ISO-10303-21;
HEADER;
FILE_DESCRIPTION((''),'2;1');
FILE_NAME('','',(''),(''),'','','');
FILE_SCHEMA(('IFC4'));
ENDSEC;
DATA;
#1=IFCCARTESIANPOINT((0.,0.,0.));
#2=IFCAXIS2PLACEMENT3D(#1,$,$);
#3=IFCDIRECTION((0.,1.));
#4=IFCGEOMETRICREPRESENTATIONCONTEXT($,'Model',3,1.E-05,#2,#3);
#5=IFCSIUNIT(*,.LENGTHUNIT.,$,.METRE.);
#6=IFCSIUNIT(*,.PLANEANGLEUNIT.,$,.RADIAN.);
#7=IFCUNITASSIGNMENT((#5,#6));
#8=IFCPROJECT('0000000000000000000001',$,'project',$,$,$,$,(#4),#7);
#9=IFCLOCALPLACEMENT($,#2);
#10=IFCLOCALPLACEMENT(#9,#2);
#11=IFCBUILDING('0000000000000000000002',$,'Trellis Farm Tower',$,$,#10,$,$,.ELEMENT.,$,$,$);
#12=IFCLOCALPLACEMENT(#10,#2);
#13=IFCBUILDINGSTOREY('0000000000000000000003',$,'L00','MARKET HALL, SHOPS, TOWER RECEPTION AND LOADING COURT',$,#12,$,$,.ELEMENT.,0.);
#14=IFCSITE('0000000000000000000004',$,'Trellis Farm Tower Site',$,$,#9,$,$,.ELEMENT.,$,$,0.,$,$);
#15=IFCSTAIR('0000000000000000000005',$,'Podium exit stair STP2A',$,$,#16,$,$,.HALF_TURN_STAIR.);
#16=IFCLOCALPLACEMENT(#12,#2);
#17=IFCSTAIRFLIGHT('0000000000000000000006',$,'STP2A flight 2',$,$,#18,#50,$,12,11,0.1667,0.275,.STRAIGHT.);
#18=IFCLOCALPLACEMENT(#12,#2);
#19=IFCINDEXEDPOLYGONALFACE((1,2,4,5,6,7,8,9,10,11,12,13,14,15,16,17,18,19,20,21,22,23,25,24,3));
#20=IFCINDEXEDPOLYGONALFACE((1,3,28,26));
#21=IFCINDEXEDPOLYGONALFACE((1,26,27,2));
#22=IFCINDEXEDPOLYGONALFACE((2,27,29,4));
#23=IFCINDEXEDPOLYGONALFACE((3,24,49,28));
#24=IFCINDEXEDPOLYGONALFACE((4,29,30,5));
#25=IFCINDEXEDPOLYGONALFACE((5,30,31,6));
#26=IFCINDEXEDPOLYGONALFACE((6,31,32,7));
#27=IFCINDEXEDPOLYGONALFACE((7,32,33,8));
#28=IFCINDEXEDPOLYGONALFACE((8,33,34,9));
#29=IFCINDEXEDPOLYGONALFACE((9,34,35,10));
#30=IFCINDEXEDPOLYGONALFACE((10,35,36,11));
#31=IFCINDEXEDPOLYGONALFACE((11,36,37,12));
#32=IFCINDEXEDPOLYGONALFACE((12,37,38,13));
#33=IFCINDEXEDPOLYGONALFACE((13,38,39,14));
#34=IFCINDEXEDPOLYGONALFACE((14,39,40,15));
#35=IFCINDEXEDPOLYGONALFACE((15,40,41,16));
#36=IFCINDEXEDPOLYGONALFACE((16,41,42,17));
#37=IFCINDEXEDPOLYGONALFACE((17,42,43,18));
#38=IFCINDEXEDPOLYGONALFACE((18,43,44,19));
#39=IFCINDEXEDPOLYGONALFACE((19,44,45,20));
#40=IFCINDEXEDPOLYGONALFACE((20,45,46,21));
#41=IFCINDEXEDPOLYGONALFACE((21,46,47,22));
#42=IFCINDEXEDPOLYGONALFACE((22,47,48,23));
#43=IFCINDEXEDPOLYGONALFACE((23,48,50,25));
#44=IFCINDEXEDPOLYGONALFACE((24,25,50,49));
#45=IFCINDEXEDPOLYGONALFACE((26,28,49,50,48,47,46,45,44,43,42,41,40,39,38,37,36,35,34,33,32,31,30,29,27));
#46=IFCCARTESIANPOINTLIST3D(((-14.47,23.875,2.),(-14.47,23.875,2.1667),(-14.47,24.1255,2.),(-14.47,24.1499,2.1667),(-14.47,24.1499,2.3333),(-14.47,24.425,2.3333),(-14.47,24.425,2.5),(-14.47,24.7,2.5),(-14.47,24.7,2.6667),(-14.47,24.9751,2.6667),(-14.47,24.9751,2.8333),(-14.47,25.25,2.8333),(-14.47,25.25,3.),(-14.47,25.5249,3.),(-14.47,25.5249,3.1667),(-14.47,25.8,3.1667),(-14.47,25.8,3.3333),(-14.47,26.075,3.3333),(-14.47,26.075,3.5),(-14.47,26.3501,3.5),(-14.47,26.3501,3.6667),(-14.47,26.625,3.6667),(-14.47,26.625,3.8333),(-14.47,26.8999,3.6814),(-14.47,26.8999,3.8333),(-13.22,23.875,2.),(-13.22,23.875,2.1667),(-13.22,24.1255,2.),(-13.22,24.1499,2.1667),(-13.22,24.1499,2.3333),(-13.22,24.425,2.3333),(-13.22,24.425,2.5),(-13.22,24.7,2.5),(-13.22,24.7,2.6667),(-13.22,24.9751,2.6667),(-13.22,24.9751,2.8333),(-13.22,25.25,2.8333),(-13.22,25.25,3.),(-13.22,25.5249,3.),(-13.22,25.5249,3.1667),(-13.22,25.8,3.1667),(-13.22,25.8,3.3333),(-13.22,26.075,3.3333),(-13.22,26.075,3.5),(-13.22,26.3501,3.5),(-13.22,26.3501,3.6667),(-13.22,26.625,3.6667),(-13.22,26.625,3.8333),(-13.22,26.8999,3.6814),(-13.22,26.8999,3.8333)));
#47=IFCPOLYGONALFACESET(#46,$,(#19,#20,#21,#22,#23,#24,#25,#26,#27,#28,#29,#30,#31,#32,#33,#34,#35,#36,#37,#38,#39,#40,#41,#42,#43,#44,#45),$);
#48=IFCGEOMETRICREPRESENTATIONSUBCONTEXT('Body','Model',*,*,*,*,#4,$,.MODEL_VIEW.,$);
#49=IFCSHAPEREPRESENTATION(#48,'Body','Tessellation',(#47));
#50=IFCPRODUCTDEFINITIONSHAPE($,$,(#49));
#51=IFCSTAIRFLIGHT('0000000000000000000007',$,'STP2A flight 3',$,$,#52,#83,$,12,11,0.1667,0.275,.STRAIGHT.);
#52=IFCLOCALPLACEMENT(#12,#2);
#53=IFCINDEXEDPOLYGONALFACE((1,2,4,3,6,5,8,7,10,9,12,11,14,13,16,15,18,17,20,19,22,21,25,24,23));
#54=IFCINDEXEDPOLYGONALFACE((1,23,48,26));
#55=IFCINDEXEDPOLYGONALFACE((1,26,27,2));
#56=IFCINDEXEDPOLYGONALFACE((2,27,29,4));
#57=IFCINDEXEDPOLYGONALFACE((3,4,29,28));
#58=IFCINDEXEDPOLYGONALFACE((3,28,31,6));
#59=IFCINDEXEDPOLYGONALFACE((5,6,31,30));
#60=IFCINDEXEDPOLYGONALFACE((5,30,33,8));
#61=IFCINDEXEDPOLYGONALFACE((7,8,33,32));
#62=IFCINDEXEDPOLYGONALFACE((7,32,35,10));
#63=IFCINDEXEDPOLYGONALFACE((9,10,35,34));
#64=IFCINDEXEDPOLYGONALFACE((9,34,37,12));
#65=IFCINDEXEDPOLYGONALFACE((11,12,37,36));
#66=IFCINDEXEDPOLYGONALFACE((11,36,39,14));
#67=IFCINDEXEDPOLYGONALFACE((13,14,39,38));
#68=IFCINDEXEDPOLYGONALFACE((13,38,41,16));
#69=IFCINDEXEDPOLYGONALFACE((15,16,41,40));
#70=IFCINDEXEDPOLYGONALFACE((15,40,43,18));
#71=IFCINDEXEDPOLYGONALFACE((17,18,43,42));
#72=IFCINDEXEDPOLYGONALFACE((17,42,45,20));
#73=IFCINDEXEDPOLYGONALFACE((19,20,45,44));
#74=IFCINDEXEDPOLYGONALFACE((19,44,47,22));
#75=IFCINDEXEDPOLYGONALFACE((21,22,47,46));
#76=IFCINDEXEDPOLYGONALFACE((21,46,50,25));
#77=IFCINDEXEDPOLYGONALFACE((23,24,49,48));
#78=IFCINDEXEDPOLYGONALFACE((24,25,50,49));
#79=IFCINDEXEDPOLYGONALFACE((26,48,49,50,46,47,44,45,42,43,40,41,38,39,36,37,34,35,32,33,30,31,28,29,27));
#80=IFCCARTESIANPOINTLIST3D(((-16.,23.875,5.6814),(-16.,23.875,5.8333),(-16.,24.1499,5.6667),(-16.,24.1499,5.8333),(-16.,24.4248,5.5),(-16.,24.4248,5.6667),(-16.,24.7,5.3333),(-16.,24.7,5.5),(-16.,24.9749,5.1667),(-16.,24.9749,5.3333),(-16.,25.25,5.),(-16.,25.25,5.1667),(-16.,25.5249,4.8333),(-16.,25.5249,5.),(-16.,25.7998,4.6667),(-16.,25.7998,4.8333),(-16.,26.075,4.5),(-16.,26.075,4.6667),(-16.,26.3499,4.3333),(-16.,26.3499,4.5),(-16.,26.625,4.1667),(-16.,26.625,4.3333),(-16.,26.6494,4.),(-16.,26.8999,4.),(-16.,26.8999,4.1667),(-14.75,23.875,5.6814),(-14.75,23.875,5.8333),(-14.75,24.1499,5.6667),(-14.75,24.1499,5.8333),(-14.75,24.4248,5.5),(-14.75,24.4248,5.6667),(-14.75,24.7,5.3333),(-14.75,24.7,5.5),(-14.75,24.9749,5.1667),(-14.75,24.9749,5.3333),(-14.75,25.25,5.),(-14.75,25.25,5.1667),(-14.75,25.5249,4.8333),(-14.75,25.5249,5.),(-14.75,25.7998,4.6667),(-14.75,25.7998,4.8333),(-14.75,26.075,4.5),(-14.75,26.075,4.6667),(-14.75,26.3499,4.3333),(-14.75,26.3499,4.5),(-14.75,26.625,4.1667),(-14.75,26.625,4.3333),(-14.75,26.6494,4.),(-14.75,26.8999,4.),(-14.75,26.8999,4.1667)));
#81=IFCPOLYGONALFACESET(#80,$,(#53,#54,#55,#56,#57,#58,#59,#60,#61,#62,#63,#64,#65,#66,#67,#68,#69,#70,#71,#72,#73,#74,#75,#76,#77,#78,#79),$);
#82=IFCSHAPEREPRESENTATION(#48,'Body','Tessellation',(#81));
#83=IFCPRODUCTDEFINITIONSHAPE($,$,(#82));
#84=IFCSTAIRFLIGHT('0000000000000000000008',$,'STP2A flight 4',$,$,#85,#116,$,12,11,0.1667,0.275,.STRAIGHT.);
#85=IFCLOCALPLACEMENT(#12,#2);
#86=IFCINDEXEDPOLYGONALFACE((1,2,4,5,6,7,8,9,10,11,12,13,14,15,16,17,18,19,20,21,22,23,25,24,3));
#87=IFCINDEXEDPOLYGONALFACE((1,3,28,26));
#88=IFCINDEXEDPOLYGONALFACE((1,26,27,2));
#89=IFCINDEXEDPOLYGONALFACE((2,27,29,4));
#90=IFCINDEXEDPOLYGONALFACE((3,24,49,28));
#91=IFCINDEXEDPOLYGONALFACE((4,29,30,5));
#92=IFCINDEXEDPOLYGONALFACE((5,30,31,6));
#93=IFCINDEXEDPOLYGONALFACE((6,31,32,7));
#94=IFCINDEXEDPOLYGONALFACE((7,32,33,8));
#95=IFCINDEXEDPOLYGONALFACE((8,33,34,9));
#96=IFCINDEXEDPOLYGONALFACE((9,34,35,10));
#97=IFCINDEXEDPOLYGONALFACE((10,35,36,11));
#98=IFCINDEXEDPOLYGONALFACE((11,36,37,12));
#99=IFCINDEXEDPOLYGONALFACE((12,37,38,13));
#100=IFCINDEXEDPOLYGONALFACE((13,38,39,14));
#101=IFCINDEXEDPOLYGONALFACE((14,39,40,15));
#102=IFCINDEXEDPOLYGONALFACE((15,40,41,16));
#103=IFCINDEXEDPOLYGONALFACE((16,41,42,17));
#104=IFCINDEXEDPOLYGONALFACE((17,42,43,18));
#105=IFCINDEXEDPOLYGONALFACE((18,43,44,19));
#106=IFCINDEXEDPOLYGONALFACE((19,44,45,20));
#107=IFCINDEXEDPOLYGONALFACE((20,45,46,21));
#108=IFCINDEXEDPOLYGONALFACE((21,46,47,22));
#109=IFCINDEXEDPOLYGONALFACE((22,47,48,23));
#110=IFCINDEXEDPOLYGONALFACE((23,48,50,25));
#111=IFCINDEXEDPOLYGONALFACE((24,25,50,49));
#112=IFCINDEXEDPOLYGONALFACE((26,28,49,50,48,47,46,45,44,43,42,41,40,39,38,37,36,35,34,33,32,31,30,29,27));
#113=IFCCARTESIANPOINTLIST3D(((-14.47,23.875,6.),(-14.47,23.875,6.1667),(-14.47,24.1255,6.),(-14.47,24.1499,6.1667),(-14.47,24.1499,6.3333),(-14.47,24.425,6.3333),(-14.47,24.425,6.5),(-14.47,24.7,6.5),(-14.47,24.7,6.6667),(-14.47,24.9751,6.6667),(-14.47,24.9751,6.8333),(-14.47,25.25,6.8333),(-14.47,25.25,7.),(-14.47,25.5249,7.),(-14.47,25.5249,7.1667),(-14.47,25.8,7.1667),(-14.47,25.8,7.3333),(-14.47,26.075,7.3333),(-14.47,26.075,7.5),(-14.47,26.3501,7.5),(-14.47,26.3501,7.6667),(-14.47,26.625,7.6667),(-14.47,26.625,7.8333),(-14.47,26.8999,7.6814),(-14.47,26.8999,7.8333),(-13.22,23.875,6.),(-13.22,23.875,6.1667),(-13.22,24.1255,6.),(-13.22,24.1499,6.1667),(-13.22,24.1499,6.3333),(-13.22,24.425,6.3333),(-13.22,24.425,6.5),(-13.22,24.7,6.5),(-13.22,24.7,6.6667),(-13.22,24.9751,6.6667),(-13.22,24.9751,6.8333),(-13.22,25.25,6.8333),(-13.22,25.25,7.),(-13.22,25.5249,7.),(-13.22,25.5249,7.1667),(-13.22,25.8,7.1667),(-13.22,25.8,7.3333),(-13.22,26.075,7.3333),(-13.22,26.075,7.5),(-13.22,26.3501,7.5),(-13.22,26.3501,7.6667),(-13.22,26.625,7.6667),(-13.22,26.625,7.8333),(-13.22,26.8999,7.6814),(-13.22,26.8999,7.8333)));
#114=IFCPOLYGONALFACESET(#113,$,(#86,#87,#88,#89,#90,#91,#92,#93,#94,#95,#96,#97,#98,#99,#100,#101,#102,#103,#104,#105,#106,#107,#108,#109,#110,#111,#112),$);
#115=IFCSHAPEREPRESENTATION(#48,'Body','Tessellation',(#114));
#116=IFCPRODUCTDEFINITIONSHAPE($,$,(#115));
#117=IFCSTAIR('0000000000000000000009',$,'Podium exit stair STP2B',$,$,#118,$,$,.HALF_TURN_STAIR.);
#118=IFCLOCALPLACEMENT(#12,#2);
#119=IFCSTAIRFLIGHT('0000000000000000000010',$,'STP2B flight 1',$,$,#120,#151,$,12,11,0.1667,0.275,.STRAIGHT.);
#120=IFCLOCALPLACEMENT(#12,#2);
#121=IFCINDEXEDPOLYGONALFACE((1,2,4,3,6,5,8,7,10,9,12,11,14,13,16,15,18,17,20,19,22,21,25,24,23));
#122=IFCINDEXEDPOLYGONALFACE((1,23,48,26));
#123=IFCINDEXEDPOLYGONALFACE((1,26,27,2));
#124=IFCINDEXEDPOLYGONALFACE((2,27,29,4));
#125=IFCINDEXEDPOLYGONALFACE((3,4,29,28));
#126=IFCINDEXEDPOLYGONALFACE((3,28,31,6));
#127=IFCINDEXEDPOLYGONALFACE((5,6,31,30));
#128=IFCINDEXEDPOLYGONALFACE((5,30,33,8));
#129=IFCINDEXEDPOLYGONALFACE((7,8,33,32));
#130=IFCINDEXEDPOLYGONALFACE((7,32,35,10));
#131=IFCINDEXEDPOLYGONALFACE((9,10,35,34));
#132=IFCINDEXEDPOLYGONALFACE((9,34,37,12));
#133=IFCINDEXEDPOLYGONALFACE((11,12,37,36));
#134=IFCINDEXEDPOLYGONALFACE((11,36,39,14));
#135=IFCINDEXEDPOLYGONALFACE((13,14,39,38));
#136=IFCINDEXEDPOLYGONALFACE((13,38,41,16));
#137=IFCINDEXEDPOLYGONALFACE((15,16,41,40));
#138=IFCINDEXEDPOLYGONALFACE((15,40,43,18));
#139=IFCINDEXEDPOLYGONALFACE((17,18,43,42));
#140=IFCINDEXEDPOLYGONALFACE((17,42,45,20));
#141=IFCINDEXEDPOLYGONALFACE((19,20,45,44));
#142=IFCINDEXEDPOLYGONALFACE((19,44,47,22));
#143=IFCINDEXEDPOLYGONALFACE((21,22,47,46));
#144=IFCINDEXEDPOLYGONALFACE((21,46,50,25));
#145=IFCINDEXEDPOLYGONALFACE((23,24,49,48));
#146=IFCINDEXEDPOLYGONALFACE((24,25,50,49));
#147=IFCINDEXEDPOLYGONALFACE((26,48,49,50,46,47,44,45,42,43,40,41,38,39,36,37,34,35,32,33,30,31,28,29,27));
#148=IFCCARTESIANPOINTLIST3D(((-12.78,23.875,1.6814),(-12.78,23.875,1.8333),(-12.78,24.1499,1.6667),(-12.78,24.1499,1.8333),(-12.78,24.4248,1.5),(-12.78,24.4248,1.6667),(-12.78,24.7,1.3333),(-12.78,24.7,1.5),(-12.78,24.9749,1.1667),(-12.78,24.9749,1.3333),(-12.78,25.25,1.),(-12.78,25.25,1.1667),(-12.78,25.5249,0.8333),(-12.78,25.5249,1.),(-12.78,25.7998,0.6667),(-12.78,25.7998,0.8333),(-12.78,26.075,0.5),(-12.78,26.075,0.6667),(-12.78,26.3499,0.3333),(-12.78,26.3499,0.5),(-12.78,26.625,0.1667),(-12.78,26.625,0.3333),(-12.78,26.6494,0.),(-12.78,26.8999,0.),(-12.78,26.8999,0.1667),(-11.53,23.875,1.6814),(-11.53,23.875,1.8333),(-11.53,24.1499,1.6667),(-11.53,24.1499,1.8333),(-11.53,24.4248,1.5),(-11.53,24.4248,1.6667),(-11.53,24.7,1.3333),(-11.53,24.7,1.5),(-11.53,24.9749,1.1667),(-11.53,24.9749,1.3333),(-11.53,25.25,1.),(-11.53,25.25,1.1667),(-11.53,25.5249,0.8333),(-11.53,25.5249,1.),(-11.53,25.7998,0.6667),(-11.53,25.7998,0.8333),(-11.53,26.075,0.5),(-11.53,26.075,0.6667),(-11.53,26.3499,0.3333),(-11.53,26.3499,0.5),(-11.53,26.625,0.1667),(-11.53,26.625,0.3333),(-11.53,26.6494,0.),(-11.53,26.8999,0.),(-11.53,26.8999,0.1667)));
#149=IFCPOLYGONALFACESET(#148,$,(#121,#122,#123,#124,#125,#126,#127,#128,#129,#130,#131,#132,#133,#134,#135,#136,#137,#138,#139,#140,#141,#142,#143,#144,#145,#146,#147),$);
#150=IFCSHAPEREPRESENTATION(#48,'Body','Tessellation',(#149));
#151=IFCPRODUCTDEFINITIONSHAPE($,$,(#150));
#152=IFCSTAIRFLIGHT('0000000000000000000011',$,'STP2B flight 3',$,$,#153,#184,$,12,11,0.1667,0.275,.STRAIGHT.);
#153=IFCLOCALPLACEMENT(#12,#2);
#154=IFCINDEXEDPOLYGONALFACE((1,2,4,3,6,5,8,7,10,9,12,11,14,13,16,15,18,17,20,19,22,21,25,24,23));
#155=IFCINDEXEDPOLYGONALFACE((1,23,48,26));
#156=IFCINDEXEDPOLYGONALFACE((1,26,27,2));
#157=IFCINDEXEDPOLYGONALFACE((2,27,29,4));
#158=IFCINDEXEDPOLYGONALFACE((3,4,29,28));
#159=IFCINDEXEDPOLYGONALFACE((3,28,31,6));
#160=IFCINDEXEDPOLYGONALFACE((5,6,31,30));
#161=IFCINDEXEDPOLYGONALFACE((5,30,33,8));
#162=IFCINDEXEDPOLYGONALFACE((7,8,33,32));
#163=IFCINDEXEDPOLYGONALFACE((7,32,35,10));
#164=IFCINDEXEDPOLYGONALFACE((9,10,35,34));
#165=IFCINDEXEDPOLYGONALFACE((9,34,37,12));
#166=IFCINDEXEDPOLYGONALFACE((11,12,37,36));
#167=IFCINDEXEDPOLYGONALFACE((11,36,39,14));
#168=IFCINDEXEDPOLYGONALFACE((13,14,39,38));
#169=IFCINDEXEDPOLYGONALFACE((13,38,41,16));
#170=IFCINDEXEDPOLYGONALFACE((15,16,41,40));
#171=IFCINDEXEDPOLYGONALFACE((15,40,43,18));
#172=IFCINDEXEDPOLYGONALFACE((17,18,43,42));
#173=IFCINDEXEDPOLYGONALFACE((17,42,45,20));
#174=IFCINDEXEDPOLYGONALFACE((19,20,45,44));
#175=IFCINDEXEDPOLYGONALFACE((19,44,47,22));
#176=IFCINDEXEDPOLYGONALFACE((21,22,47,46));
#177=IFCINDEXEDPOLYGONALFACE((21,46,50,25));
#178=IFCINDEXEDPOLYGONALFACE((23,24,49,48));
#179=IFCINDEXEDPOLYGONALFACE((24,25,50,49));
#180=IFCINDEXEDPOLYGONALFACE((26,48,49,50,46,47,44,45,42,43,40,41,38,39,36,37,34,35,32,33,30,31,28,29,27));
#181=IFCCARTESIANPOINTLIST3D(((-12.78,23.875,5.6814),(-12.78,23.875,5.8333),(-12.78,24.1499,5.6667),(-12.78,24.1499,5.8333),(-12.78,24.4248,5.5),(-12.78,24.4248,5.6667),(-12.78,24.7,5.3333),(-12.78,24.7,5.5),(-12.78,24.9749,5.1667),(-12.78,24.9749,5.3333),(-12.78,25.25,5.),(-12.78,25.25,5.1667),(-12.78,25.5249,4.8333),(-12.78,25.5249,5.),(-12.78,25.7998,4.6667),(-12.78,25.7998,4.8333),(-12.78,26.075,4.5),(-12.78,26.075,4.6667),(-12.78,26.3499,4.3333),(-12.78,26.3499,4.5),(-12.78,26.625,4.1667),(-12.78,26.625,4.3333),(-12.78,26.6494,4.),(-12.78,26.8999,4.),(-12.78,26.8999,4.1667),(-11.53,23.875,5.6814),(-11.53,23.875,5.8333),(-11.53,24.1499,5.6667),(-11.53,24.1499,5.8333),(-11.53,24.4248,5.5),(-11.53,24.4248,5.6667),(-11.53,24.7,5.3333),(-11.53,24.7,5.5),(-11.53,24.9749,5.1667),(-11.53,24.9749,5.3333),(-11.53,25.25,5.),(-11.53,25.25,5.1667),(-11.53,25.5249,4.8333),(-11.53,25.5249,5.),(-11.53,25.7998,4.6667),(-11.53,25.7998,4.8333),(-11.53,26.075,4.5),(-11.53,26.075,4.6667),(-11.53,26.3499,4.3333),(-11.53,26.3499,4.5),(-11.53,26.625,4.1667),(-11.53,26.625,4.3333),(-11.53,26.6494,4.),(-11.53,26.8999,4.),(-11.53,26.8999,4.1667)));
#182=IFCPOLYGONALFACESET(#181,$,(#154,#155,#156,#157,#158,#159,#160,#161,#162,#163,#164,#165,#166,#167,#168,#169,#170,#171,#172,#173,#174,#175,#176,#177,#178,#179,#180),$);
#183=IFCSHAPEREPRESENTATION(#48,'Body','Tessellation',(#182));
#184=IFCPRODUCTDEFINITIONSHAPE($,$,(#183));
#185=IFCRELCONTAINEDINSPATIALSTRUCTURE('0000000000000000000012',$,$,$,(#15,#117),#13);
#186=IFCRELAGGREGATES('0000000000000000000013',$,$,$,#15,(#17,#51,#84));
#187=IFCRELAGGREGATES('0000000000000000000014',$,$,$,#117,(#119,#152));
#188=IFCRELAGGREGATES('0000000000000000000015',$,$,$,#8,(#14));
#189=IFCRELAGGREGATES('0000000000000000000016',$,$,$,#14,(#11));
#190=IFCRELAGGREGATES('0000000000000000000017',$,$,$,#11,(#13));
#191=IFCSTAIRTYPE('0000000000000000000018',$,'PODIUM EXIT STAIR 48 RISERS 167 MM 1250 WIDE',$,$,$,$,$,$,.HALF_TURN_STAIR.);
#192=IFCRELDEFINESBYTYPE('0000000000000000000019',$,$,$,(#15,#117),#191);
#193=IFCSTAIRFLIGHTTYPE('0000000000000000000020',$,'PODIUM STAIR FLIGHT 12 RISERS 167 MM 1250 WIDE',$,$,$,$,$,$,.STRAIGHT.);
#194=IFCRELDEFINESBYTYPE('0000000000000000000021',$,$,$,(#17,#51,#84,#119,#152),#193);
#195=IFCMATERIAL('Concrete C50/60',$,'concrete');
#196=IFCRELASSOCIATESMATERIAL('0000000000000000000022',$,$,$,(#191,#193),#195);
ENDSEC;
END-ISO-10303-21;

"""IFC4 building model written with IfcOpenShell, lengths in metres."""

from ifc_helpers import new_model, si_unit, direction, frame, origin, place, context, subcontext, project, spatial, polyline, outline, extrude, source, transform, mapped, material, type_object, element, aggregate, save


model = new_model("IFC4")

# Units and contexts
model_context = context("Model", 3, precision=1e-05, world=origin(), true_north=direction((0.0, 1.0)))
body_context = subcontext(model_context, "Body", "Model", "MODEL_VIEW")
ifc_project = project(units=[si_unit("LENGTHUNIT", "METRE"), si_unit("PLANEANGLEUNIT", "RADIAN")], contexts=[model_context])

# Site, building, storey
site_placement = place(None, origin())
site = spatial("IfcSite", under=ifc_project, at=site_placement, Name="Trellis Farm Tower Site", CompositionType="ELEMENT", RefElevation=0.0)
building_placement = place(site_placement, origin())
building = spatial("IfcBuilding", under=site, at=building_placement, Name="Trellis Farm Tower", CompositionType="ELEMENT")
storey_placement = place(building_placement, origin())
storey = spatial("IfcBuildingStorey", under=building, at=storey_placement, Name="L00", Description="MARKET HALL, SHOPS, TOWER RECEPTION AND LOADING COURT", CompositionType="ELEMENT", Elevation=0.0)

# Stairs, stair flights
ifc_material_1 = material(Name="Concrete C50/60", Category="concrete")
stair_type = type_object("IfcStairType", Name="PODIUM EXIT STAIR 48 RISERS 167 MM 1250 WIDE", PredefinedType="HALF_TURN_STAIR", material=ifc_material_1)
placement = place(storey_placement, origin())
stair_1 = element("IfcStair", 1, at=placement, inside=storey, type_object=stair_type, Name="Podium exit stair STP2A", PredefinedType="HALF_TURN_STAIR")
stair_flight_type = type_object("IfcStairFlightType", Name="PODIUM STAIR FLIGHT 12 RISERS 167 MM 1250 WIDE", PredefinedType="STRAIGHT", material=ifc_material_1)
shared_shape_1 = source(origin(), body_context, "Body", "SweptSolid", [
    extrude(outline(polyline([(0.0, 0.0), (0.0, 0.1667), (0.2749, 0.1667), (0.2749, 0.3333), (0.55, 0.3333), (0.55, 0.5), (0.825, 0.5), (0.825, 0.6667), (1.1001, 0.6667), (1.1001, 0.8333), (1.375, 0.8333), (1.375, 1.0), (1.6499, 1.0), (1.6499, 1.1667), (1.925, 1.1667), (1.925, 1.3333), (2.2, 1.3333), (2.2, 1.5), (2.4751, 1.5), (2.4751, 1.6667), (2.75, 1.6667), (2.75, 1.8333), (3.0249, 1.8333), (3.0249, 2.0), (3.0249, 1.6814), (0.2505, 0.0), (0.0, 0.0)])), frame((0.0, 0.625, 0.0), z_axis=(0.0, -1.0, 0.0), x_axis=(1.0, 0.0, 0.0)), (0.0, 0.0, 1.0), 1.25),
])
stair_flight_1_placement = place(storey_placement, frame((-13.845, 23.875, 2.0), z_axis=(0.0, 0.0, 1.0), x_axis=(0.0, 1.0, 0.0)))
stair_flight_1 = element("IfcStairFlight", 2, at=stair_flight_1_placement, type_object=stair_flight_type, Name="STP2A flight 2", NumberOfRisers=12, NumberOfTreads=11, PredefinedType="STRAIGHT", RiserHeight=0.1667, TreadLength=0.275, context=body_context, shape_type="MappedRepresentation", body=[
    mapped(shared_shape_1, transform((0.0, 0.0, 0.0))),
])
stair_flight_2_placement = place(storey_placement, frame((-15.375, 26.8999, 4.0), z_axis=(0.0, 0.0, 1.0), x_axis=(0.0, -1.0, 0.0)))
stair_flight_2 = element("IfcStairFlight", 3, at=stair_flight_2_placement, type_object=stair_flight_type, Name="STP2A flight 3", NumberOfRisers=12, NumberOfTreads=11, PredefinedType="STRAIGHT", RiserHeight=0.1667, TreadLength=0.275, context=body_context, shape_type="MappedRepresentation", body=[
    mapped(shared_shape_1, transform((0.0, 0.0, 0.0))),
])
stair_flight_3_placement = place(storey_placement, frame((-13.845, 23.875, 6.0), z_axis=(0.0, 0.0, 1.0), x_axis=(0.0, 1.0, 0.0)))
stair_flight_3 = element("IfcStairFlight", 4, at=stair_flight_3_placement, type_object=stair_flight_type, Name="STP2A flight 4", NumberOfRisers=12, NumberOfTreads=11, PredefinedType="STRAIGHT", RiserHeight=0.1667, TreadLength=0.275, context=body_context, shape_type="MappedRepresentation", body=[
    mapped(shared_shape_1, transform((0.0, 0.0, 0.0))),
])
aggregate(stair_1, [stair_flight_1, stair_flight_2, stair_flight_3])
stair_2 = element("IfcStair", 5, at=placement, inside=storey, type_object=stair_type, Name="Podium exit stair STP2B", PredefinedType="HALF_TURN_STAIR")
stair_flight_4_placement = place(storey_placement, frame((-12.155, 26.8999, 0.0), z_axis=(0.0, 0.0, 1.0), x_axis=(0.0, -1.0, 0.0)))
stair_flight_4 = element("IfcStairFlight", 6, at=stair_flight_4_placement, type_object=stair_flight_type, Name="STP2B flight 1", NumberOfRisers=12, NumberOfTreads=11, PredefinedType="STRAIGHT", RiserHeight=0.1667, TreadLength=0.275, context=body_context, shape_type="MappedRepresentation", body=[
    mapped(shared_shape_1, transform((0.0, 0.0, 0.0))),
])
stair_flight_5_placement = place(storey_placement, frame((-12.155, 26.8999, 4.0), z_axis=(0.0, 0.0, 1.0), x_axis=(0.0, -1.0, 0.0)))
stair_flight_5 = element("IfcStairFlight", 7, at=stair_flight_5_placement, type_object=stair_flight_type, Name="STP2B flight 3", NumberOfRisers=12, NumberOfTreads=11, PredefinedType="STRAIGHT", RiserHeight=0.1667, TreadLength=0.275, context=body_context, shape_type="MappedRepresentation", body=[
    mapped(shared_shape_1, transform((0.0, 0.0, 0.0))),
])
aggregate(stair_2, [stair_flight_4, stair_flight_5])

save(model, "model.ifc")
